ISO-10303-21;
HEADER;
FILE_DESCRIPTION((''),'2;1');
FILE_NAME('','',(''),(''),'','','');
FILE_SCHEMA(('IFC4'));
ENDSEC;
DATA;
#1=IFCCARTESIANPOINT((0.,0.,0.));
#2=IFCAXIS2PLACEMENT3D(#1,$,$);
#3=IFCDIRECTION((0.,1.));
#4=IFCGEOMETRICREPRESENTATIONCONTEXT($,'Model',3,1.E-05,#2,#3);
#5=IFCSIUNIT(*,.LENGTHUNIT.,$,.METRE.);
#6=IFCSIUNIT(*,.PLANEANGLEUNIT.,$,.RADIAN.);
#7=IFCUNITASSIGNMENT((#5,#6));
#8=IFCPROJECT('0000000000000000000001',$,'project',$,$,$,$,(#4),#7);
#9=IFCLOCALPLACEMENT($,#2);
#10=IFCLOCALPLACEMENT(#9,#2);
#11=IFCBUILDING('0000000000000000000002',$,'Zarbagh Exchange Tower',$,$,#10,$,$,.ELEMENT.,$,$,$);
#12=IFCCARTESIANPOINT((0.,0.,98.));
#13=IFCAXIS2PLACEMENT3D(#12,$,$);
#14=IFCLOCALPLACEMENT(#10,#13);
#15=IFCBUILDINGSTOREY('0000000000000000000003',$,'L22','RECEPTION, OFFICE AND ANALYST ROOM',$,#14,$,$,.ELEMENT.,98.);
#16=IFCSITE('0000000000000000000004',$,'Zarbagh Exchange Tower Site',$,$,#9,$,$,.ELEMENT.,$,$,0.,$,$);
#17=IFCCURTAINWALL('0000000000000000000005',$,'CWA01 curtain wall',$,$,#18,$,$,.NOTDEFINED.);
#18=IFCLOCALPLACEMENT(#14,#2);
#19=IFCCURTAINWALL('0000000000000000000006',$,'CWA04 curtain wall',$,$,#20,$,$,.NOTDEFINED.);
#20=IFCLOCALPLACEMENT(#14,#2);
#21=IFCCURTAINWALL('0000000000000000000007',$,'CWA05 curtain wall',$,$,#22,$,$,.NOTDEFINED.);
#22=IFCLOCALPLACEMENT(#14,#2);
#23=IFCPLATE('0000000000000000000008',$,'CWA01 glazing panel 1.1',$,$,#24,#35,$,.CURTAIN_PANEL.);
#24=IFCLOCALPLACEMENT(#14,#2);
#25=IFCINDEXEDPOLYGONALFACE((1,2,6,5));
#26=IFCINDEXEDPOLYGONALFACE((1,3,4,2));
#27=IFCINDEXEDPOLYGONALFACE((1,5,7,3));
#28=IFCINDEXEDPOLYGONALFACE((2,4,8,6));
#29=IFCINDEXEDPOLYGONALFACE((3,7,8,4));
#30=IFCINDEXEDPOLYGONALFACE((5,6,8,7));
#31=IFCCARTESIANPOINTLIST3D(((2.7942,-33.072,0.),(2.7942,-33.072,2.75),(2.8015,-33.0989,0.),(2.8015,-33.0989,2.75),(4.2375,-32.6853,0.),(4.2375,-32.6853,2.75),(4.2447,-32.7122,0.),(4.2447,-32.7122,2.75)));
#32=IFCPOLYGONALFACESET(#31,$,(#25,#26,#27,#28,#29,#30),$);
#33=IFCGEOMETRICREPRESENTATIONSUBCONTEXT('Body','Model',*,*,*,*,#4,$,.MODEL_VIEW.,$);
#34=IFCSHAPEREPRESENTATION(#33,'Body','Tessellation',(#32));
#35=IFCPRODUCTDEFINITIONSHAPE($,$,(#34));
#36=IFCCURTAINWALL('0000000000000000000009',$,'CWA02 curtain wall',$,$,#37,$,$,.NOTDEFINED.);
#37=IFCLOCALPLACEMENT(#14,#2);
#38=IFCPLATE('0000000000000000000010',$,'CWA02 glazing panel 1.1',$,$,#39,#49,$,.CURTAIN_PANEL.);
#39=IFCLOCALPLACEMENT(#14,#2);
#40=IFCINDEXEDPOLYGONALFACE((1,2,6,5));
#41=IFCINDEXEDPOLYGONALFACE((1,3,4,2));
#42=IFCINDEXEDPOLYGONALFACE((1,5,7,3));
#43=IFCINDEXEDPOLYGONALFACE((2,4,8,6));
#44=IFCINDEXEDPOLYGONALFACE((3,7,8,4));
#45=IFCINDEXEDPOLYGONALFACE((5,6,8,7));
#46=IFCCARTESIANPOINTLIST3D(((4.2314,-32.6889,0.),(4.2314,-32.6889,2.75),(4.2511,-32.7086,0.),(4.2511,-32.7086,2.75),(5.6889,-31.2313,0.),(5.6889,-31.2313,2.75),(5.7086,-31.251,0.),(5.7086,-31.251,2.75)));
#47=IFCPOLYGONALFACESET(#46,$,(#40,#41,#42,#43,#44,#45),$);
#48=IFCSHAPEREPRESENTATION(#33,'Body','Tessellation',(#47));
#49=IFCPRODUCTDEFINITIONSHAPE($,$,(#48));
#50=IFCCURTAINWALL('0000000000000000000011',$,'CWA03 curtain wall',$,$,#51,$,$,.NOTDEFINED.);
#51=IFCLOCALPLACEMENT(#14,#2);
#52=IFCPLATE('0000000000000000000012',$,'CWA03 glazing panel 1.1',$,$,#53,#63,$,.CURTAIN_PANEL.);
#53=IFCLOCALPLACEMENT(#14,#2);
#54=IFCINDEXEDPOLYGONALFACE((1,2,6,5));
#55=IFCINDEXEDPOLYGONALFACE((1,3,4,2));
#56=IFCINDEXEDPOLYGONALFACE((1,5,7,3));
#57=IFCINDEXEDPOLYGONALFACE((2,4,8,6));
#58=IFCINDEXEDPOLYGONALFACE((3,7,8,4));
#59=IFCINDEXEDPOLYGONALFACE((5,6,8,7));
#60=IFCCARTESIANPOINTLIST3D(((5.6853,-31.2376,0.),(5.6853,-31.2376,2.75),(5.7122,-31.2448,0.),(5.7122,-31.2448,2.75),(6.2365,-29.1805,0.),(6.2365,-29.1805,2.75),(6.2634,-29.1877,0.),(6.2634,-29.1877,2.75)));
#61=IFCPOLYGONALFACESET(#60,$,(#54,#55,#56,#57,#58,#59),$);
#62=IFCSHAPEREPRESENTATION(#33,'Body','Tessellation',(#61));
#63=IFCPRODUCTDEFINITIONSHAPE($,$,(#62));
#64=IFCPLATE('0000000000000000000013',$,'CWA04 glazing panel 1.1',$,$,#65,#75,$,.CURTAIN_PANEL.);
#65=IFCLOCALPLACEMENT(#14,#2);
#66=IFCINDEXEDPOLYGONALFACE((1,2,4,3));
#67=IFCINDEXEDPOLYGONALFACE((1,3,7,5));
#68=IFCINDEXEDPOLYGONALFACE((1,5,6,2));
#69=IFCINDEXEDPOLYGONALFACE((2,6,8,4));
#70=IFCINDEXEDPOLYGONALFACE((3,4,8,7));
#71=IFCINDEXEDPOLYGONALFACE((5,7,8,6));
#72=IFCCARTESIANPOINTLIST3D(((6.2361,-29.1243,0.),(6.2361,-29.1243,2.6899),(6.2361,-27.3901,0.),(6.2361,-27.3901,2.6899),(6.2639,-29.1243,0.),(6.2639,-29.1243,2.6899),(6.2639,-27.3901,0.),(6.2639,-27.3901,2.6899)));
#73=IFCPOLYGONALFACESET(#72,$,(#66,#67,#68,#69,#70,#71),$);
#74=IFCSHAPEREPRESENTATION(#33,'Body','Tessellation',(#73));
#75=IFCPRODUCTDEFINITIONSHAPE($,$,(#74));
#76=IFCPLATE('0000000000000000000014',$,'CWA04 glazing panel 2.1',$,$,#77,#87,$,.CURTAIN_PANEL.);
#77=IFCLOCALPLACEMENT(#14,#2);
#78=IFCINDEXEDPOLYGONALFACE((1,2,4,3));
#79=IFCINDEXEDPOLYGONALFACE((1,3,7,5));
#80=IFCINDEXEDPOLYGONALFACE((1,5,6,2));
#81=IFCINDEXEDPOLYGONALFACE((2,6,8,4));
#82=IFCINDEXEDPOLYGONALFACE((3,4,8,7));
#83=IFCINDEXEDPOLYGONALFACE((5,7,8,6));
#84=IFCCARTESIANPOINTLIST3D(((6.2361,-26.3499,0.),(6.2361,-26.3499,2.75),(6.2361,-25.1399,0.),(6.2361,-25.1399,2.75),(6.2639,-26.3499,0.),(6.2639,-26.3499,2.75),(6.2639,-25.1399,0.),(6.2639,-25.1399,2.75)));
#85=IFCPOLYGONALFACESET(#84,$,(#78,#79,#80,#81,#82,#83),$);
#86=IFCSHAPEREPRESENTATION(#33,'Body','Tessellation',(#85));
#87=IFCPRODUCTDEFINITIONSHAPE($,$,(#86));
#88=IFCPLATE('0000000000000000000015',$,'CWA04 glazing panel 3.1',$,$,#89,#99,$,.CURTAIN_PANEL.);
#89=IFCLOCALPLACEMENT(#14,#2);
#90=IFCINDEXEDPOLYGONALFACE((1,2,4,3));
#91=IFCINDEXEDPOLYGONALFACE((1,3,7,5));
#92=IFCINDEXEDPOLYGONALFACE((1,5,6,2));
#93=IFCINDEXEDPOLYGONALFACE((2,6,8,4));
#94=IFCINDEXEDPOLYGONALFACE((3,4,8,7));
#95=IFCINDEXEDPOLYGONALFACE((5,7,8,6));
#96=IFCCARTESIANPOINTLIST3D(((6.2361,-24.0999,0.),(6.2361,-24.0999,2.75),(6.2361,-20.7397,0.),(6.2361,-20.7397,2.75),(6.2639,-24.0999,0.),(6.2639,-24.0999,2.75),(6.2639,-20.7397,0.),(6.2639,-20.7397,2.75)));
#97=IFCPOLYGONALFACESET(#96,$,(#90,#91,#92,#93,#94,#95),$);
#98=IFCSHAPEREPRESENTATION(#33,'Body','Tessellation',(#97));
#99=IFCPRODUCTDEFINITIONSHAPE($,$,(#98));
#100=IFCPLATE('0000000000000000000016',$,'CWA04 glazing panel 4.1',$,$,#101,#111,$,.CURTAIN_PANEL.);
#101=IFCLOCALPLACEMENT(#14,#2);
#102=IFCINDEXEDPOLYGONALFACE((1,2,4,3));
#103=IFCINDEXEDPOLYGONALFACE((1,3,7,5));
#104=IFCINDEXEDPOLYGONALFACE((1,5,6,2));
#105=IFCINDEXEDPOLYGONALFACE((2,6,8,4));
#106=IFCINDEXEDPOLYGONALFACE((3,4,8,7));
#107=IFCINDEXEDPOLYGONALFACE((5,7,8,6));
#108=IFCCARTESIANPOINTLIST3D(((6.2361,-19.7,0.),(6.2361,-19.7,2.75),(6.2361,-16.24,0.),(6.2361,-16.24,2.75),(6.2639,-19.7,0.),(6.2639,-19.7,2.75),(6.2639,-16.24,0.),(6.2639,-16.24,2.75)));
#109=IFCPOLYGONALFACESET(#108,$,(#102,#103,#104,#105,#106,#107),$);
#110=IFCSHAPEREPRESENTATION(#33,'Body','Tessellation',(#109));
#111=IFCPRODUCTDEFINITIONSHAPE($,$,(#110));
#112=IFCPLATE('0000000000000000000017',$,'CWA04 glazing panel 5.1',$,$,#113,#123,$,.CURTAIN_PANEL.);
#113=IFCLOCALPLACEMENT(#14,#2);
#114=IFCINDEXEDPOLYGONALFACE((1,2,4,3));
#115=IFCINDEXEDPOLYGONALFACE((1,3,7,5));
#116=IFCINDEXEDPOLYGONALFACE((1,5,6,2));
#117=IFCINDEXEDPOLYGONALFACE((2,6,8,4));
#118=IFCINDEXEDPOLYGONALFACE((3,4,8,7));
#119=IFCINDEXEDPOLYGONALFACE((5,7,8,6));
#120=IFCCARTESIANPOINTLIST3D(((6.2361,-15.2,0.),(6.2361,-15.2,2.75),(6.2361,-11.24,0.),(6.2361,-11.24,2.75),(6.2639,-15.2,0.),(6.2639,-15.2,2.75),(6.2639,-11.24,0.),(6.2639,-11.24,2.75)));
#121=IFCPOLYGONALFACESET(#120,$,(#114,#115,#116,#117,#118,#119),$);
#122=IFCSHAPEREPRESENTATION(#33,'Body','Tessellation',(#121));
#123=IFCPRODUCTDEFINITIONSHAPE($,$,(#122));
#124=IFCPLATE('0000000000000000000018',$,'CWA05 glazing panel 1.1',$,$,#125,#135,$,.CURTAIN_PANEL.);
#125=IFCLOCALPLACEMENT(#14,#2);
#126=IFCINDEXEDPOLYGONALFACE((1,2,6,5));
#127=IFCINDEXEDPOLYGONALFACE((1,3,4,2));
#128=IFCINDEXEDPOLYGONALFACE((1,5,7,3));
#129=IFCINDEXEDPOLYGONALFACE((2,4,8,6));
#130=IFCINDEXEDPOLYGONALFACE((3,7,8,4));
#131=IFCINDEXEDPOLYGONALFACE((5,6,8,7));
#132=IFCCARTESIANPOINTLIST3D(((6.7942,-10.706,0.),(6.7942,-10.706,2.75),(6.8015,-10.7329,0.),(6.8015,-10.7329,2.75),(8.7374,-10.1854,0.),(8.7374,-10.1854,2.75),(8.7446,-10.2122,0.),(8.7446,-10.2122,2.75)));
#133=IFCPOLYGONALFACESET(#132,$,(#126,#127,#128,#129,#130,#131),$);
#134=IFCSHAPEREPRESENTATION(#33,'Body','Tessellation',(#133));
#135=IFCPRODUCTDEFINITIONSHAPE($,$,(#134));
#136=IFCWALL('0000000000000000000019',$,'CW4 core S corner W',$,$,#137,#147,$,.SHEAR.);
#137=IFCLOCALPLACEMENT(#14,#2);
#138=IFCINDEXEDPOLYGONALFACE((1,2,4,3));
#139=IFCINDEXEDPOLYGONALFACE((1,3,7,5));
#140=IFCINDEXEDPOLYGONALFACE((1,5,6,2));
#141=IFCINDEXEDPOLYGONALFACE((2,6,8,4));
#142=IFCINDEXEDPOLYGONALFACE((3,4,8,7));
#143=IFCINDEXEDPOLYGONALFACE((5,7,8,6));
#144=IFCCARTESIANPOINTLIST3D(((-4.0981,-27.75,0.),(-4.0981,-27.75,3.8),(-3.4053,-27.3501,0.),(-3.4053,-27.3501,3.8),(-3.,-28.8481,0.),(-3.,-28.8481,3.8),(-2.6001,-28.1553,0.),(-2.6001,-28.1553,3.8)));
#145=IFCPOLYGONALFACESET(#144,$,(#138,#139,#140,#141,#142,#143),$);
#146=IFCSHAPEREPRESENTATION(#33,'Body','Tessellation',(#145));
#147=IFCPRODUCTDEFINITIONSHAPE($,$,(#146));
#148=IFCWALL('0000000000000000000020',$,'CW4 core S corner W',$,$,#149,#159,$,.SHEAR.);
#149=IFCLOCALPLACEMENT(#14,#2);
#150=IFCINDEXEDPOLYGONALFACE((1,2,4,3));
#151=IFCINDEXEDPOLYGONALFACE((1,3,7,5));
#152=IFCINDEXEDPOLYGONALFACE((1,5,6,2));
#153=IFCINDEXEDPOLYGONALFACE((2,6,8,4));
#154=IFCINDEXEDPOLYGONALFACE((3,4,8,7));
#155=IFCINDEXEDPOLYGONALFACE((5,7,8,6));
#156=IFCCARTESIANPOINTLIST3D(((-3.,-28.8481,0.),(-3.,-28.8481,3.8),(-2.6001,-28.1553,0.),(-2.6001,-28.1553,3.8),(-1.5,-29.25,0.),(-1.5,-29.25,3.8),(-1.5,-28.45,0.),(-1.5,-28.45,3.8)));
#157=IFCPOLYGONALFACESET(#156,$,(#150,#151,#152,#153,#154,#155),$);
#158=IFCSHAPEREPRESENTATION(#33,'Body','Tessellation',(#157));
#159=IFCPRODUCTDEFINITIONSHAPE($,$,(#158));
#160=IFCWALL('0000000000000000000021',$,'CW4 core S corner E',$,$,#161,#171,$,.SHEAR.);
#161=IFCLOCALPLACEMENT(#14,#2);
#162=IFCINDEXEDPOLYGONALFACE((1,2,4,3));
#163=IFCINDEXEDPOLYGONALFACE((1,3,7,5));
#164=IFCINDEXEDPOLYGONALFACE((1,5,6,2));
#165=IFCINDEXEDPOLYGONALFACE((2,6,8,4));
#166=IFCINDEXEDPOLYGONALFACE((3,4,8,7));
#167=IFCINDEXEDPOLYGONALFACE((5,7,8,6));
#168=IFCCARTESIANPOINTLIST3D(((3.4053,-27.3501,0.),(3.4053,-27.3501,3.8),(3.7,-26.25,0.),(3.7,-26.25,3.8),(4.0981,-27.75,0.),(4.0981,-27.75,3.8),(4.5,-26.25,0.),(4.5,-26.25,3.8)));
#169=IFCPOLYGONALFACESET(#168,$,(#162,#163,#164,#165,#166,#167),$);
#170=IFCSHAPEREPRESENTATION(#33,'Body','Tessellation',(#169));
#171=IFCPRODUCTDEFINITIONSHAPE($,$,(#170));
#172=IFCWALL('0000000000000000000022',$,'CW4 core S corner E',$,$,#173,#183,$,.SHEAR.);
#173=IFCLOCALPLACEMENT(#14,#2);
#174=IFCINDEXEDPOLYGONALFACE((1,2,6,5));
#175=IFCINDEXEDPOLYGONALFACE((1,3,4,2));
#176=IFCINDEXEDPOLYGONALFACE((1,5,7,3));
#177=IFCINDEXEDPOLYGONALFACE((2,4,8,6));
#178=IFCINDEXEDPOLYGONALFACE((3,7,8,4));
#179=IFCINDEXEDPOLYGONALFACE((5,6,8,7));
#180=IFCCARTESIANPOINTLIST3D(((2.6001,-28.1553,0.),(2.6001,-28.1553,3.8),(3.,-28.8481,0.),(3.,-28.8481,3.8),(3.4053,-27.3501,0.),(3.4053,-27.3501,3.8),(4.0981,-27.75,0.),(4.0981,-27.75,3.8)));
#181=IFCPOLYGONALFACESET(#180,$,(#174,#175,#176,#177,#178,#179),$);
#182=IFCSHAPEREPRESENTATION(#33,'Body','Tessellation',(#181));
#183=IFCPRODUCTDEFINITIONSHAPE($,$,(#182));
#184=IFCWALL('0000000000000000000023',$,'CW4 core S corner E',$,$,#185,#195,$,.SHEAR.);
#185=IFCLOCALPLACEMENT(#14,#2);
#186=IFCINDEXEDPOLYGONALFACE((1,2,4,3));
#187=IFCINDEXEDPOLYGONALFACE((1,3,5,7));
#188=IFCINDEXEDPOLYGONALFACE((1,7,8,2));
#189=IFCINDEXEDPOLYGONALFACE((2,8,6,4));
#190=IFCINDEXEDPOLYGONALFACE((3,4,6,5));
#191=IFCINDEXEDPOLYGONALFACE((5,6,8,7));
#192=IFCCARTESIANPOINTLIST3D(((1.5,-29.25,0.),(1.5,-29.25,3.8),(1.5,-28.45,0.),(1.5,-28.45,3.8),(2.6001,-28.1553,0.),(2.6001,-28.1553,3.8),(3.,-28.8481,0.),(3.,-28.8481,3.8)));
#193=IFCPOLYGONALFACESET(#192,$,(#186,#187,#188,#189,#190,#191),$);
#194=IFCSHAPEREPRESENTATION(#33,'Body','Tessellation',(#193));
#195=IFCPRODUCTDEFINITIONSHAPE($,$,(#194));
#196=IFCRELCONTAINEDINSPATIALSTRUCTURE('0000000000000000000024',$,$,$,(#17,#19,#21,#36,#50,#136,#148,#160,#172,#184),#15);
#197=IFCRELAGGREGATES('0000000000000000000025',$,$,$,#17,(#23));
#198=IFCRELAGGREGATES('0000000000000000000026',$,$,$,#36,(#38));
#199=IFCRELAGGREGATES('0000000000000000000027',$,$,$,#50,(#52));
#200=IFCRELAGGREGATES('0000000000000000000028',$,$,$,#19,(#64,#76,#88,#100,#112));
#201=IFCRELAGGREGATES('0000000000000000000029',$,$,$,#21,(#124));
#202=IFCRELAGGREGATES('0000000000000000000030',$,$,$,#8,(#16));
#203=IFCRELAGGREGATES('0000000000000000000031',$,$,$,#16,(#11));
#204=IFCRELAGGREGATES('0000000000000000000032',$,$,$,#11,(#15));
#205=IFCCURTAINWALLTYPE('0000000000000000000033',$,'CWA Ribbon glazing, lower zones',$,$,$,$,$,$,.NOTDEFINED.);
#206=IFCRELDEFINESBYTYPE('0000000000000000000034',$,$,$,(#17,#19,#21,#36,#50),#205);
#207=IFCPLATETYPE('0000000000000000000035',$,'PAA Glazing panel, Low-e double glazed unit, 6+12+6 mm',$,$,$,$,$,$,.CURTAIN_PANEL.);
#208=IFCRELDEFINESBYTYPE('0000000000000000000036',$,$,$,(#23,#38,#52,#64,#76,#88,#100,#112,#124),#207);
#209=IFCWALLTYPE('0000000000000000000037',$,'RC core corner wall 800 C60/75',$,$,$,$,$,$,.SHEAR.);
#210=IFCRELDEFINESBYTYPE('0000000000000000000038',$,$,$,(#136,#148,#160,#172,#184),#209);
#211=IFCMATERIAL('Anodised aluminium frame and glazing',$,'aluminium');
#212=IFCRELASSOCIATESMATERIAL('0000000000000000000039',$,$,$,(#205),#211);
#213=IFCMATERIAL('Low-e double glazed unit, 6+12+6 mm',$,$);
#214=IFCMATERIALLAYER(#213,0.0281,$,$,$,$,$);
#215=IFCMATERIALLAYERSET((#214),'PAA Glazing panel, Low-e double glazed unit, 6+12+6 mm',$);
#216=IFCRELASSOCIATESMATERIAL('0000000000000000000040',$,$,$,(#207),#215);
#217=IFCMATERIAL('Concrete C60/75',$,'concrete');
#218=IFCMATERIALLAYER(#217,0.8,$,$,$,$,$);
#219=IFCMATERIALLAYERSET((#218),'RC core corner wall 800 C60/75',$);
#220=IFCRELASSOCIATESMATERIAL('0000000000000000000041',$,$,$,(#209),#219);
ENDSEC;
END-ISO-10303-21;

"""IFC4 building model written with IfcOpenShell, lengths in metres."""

from ifc_helpers import new_model, si_unit, direction, frame, origin, place, context, subcontext, project, spatial, polyline, outline, extrude, source, transform, mapped, material, layer, layer_set, type_object, element, aggregate, save


model = new_model("IFC4")

# Units and contexts
model_context = context("Model", 3, precision=1e-05, world=origin(), true_north=direction((0.0, 1.0)))
body_context = subcontext(model_context, "Body", "Model", "MODEL_VIEW")
ifc_project = project(units=[si_unit("LENGTHUNIT", "METRE"), si_unit("PLANEANGLEUNIT", "RADIAN")], contexts=[model_context])

# Site, building, storey
site_placement = place(None, origin())
site = spatial("IfcSite", under=ifc_project, at=site_placement, Name="Zarbagh Exchange Tower Site", CompositionType="ELEMENT", RefElevation=0.0)
building_placement = place(site_placement, origin())
building = spatial("IfcBuilding", under=site, at=building_placement, Name="Zarbagh Exchange Tower", CompositionType="ELEMENT")
storey_placement = place(building_placement, frame((0.0, 0.0, 98.0)))
storey = spatial("IfcBuildingStorey", under=building, at=storey_placement, Name="L22", Description="RECEPTION, OFFICE AND ANALYST ROOM", CompositionType="ELEMENT", Elevation=98.0)

# Curtain wall
ifc_material_1 = material(Name="Anodised aluminium frame and glazing", Category="aluminium")
curtain_wall_type = type_object("IfcCurtainWallType", Name="CWA Ribbon glazing, lower zones", PredefinedType="NOTDEFINED", material=ifc_material_1)
curtain_wall_1_placement = place(storey_placement, origin())
curtain_wall_1 = element("IfcCurtainWall", 1, at=curtain_wall_1_placement, inside=storey, type_object=curtain_wall_type, Name="CWA01 curtain wall", PredefinedType="NOTDEFINED")
placement = place(storey_placement, origin())

# Curtain wall
curtain_wall_2_placement = place(storey_placement, origin())
curtain_wall_2 = element("IfcCurtainWall", 2, at=curtain_wall_2_placement, inside=storey, type_object=curtain_wall_type, Name="CWA04 curtain wall", PredefinedType="NOTDEFINED")

# Curtain wall
curtain_wall_3_placement = place(storey_placement, origin())
curtain_wall_3 = element("IfcCurtainWall", 3, at=curtain_wall_3_placement, inside=storey, type_object=curtain_wall_type, Name="CWA05 curtain wall", PredefinedType="NOTDEFINED")

# Plate
ifc_material_2 = material(Name="Low-e double glazed unit, 6+12+6 mm")
ifc_layer_1 = layer(ifc_material_2, 0.0281)
ifc_layer_set_1 = layer_set([ifc_layer_1], Name="PAA Glazing panel, Low-e double glazed unit, 6+12+6 mm")
plate_type = type_object("IfcPlateType", Name="PAA Glazing panel, Low-e double glazed unit, 6+12+6 mm", PredefinedType="CURTAIN_PANEL", material=ifc_layer_set_1)
shared_shape_1 = source(origin(), body_context, "Body", "SweptSolid", [
    extrude(outline(polyline([(0.0, -0.0139), (1.4941, -0.0139), (1.4941, 0.0139), (0.0, 0.0139), (0.0, -0.0139)])), origin(), (0.0, 0.0, 1.0), 2.75),
])
plate_1 = element("IfcPlate", 4, at=placement, type_object=plate_type, Name="CWA01 glazing panel 1.1", PredefinedType="CURTAIN_PANEL", context=body_context, shape_type="MappedRepresentation", body=[
    mapped(shared_shape_1, transform((2.7979, -33.0854, 0.0), x_axis=(0.965924, 0.258825, 0.0), y_axis=(-0.258825, 0.965924, 0.0), z_axis=(0.0, 0.0, 1.0))),
])
aggregate(curtain_wall_1, [plate_1])

# Curtain walls, plates
curtain_wall_4_placement = place(storey_placement, origin())
curtain_wall_4 = element("IfcCurtainWall", 5, at=curtain_wall_4_placement, inside=storey, type_object=curtain_wall_type, Name="CWA02 curtain wall", PredefinedType="NOTDEFINED")
shared_shape_2 = source(origin(), body_context, "Body", "SweptSolid", [
    extrude(outline(polyline([(0.0, -0.0139), (2.0613, -0.0139), (2.0613, 0.0139), (0.0, 0.0139), (0.0, -0.0139)])), origin(), (0.0, 0.0, 1.0), 2.75),
])
plate_2 = element("IfcPlate", 6, at=placement, type_object=plate_type, Name="CWA02 glazing panel 1.1", PredefinedType="CURTAIN_PANEL", context=body_context, shape_type="MappedRepresentation", body=[
    mapped(shared_shape_2, transform((4.2412, -32.6987, 0.0), x_axis=(0.707107, 0.707107, 0.0), y_axis=(-0.707107, 0.707107, 0.0), z_axis=(0.0, 0.0, 1.0))),
])
aggregate(curtain_wall_4, [plate_2])
curtain_wall_5_placement = place(storey_placement, origin())
curtain_wall_5 = element("IfcCurtainWall", 7, at=curtain_wall_5_placement, inside=storey, type_object=curtain_wall_type, Name="CWA03 curtain wall", PredefinedType="NOTDEFINED")
shared_shape_3 = source(origin(), body_context, "Body", "SweptSolid", [
    extrude(outline(polyline([(0.0, -0.0139), (2.1296, -0.0139), (2.1296, 0.0139), (0.0, 0.0139), (0.0, -0.0139)])), origin(), (0.0, 0.0, 1.0), 2.75),
])
plate_3 = element("IfcPlate", 8, at=placement, type_object=plate_type, Name="CWA03 glazing panel 1.1", PredefinedType="CURTAIN_PANEL", context=body_context, shape_type="MappedRepresentation", body=[
    mapped(shared_shape_3, transform((5.6987, -31.2412, 0.0), x_axis=(0.258825, 0.965924, 0.0), y_axis=(-0.965924, 0.258825, 0.0), z_axis=(0.0, 0.0, 1.0))),
])
aggregate(curtain_wall_5, [plate_3])

# Plates
shared_shape_4 = source(origin(), body_context, "Body", "SweptSolid", [
    extrude(outline(polyline([(0.0, -0.0139), (1.7341, -0.0139), (1.7341, 0.0139), (0.0, 0.0139), (0.0, -0.0139)])), origin(), (0.0, 0.0, 1.0), 2.6899),
])
plate_4 = element("IfcPlate", 9, at=placement, type_object=plate_type, Name="CWA04 glazing panel 1.1", PredefinedType="CURTAIN_PANEL", context=body_context, shape_type="MappedRepresentation", body=[
    mapped(shared_shape_4, transform((6.25, -29.1243, 0.0), x_axis=(0.0, 1.0, 0.0), y_axis=(-1.0, 0.0, 0.0), z_axis=(0.0, 0.0, 1.0))),
])
shared_shape_5 = source(origin(), body_context, "Body", "SweptSolid", [
    extrude(outline(polyline([(0.0, -0.0139), (1.21, -0.0139), (1.21, 0.0139), (0.0, 0.0139), (0.0, -0.0139)])), origin(), (0.0, 0.0, 1.0), 2.75),
])
plate_5 = element("IfcPlate", 10, at=placement, type_object=plate_type, Name="CWA04 glazing panel 2.1", PredefinedType="CURTAIN_PANEL", context=body_context, shape_type="MappedRepresentation", body=[
    mapped(shared_shape_5, transform((6.25, -26.3499, 0.0), x_axis=(0.0, 1.0, 0.0), y_axis=(-1.0, 0.0, 0.0), z_axis=(0.0, 0.0, 1.0))),
])
shared_shape_6 = source(origin(), body_context, "Body", "SweptSolid", [
    extrude(outline(polyline([(0.0, -0.0139), (3.3601, -0.0139), (3.3601, 0.0139), (0.0, 0.0139), (0.0, -0.0139)])), origin(), (0.0, 0.0, 1.0), 2.75),
])
plate_6 = element("IfcPlate", 11, at=placement, type_object=plate_type, Name="CWA04 glazing panel 3.1", PredefinedType="CURTAIN_PANEL", context=body_context, shape_type="MappedRepresentation", body=[
    mapped(shared_shape_6, transform((6.25, -24.0999, 0.0), x_axis=(0.0, 1.0, 0.0), y_axis=(-1.0, 0.0, 0.0), z_axis=(0.0, 0.0, 1.0))),
])
shared_shape_7 = source(origin(), body_context, "Body", "SweptSolid", [
    extrude(outline(polyline([(0.0, -0.0139), (3.46, -0.0139), (3.46, 0.0139), (0.0, 0.0139), (0.0, -0.0139)])), origin(), (0.0, 0.0, 1.0), 2.75),
])
plate_7 = element("IfcPlate", 12, at=placement, type_object=plate_type, Name="CWA04 glazing panel 4.1", PredefinedType="CURTAIN_PANEL", context=body_context, shape_type="MappedRepresentation", body=[
    mapped(shared_shape_7, transform((6.25, -19.7, 0.0), x_axis=(0.0, 1.0, 0.0), y_axis=(-1.0, 0.0, 0.0), z_axis=(0.0, 0.0, 1.0))),
])
shared_shape_8 = source(origin(), body_context, "Body", "SweptSolid", [
    extrude(outline(polyline([(0.0, -0.0139), (3.96, -0.0139), (3.96, 0.0139), (0.0, 0.0139), (0.0, -0.0139)])), origin(), (0.0, 0.0, 1.0), 2.75),
])
plate_8 = element("IfcPlate", 13, at=placement, type_object=plate_type, Name="CWA04 glazing panel 5.1", PredefinedType="CURTAIN_PANEL", context=body_context, shape_type="MappedRepresentation", body=[
    mapped(shared_shape_8, transform((6.25, -15.2, 0.0), x_axis=(0.0, 1.0, 0.0), y_axis=(-1.0, 0.0, 0.0), z_axis=(0.0, 0.0, 1.0))),
])
aggregate(curtain_wall_2, [plate_4, plate_5, plate_6, plate_7, plate_8])
shared_shape_9 = source(origin(), body_context, "Body", "SweptSolid", [
    extrude(outline(polyline([(0.0, -0.0139), (2.0117, -0.0139), (2.0117, 0.0139), (0.0, 0.0139), (0.0, -0.0139)])), origin(), (0.0, 0.0, 1.0), 2.75),
])
plate_9 = element("IfcPlate", 14, at=placement, type_object=plate_type, Name="CWA05 glazing panel 1.1", PredefinedType="CURTAIN_PANEL", context=body_context, shape_type="MappedRepresentation", body=[
    mapped(shared_shape_9, transform((6.7979, -10.7195, 0.0), x_axis=(0.965924, 0.258825, 0.0), y_axis=(-0.258825, 0.965924, 0.0), z_axis=(0.0, 0.0, 1.0))),
])
aggregate(curtain_wall_3, [plate_9])

# Walls
ifc_material_3 = material(Name="Concrete C60/75", Category="concrete")
ifc_layer_2 = layer(ifc_material_3, 0.8)
ifc_layer_set_2 = layer_set([ifc_layer_2], Name="RC core corner wall 800 C60/75")
wall_type = type_object("IfcWallType", Name="RC core corner wall 800 C60/75", PredefinedType="SHEAR", material=ifc_layer_set_2)
wall_1_placement = place(storey_placement, origin())
element("IfcWall", 15, at=wall_1_placement, inside=storey, type_object=wall_type, Name="CW4 core S corner W", PredefinedType="SHEAR", context=body_context, shape_type="SweptSolid", body=[
    extrude(outline(polyline([(-4.0981, -27.75), (-3.0, -28.8481), (-2.6001, -28.1553), (-3.4053, -27.3501), (-4.0981, -27.75)])), origin(), (0.0, 0.0, 1.0), 3.8),
])
wall_2_placement = place(storey_placement, origin())
element("IfcWall", 16, at=wall_2_placement, inside=storey, type_object=wall_type, Name="CW4 core S corner W", PredefinedType="SHEAR", context=body_context, shape_type="SweptSolid", body=[
    extrude(outline(polyline([(-3.0, -28.8481), (-1.5, -29.25), (-1.5, -28.45), (-2.6001, -28.1553), (-3.0, -28.8481)])), origin(), (0.0, 0.0, 1.0), 3.8),
])
wall_3_placement = place(storey_placement, origin())
element("IfcWall", 17, at=wall_3_placement, inside=storey, type_object=wall_type, Name="CW4 core S corner E", PredefinedType="SHEAR", context=body_context, shape_type="SweptSolid", body=[
    extrude(outline(polyline([(4.5, -26.25), (4.0981, -27.75), (3.4053, -27.3501), (3.7, -26.25), (4.5, -26.25)])), origin(), (0.0, 0.0, 1.0), 3.8),
])
wall_4_placement = place(storey_placement, origin())
element("IfcWall", 18, at=wall_4_placement, inside=storey, type_object=wall_type, Name="CW4 core S corner E", PredefinedType="SHEAR", context=body_context, shape_type="SweptSolid", body=[
    extrude(outline(polyline([(4.0981, -27.75), (3.0, -28.8481), (2.6001, -28.1553), (3.4053, -27.3501), (4.0981, -27.75)])), origin(), (0.0, 0.0, 1.0), 3.8),
])
wall_5_placement = place(storey_placement, origin())
element("IfcWall", 19, at=wall_5_placement, inside=storey, type_object=wall_type, Name="CW4 core S corner E", PredefinedType="SHEAR", context=body_context, shape_type="SweptSolid", body=[
    extrude(outline(polyline([(3.0, -28.8481), (1.5, -29.25), (1.5, -28.45), (2.6001, -28.1553), (3.0, -28.8481)])), origin(), (0.0, 0.0, 1.0), 3.8),
])

save(model, "model.ifc")
